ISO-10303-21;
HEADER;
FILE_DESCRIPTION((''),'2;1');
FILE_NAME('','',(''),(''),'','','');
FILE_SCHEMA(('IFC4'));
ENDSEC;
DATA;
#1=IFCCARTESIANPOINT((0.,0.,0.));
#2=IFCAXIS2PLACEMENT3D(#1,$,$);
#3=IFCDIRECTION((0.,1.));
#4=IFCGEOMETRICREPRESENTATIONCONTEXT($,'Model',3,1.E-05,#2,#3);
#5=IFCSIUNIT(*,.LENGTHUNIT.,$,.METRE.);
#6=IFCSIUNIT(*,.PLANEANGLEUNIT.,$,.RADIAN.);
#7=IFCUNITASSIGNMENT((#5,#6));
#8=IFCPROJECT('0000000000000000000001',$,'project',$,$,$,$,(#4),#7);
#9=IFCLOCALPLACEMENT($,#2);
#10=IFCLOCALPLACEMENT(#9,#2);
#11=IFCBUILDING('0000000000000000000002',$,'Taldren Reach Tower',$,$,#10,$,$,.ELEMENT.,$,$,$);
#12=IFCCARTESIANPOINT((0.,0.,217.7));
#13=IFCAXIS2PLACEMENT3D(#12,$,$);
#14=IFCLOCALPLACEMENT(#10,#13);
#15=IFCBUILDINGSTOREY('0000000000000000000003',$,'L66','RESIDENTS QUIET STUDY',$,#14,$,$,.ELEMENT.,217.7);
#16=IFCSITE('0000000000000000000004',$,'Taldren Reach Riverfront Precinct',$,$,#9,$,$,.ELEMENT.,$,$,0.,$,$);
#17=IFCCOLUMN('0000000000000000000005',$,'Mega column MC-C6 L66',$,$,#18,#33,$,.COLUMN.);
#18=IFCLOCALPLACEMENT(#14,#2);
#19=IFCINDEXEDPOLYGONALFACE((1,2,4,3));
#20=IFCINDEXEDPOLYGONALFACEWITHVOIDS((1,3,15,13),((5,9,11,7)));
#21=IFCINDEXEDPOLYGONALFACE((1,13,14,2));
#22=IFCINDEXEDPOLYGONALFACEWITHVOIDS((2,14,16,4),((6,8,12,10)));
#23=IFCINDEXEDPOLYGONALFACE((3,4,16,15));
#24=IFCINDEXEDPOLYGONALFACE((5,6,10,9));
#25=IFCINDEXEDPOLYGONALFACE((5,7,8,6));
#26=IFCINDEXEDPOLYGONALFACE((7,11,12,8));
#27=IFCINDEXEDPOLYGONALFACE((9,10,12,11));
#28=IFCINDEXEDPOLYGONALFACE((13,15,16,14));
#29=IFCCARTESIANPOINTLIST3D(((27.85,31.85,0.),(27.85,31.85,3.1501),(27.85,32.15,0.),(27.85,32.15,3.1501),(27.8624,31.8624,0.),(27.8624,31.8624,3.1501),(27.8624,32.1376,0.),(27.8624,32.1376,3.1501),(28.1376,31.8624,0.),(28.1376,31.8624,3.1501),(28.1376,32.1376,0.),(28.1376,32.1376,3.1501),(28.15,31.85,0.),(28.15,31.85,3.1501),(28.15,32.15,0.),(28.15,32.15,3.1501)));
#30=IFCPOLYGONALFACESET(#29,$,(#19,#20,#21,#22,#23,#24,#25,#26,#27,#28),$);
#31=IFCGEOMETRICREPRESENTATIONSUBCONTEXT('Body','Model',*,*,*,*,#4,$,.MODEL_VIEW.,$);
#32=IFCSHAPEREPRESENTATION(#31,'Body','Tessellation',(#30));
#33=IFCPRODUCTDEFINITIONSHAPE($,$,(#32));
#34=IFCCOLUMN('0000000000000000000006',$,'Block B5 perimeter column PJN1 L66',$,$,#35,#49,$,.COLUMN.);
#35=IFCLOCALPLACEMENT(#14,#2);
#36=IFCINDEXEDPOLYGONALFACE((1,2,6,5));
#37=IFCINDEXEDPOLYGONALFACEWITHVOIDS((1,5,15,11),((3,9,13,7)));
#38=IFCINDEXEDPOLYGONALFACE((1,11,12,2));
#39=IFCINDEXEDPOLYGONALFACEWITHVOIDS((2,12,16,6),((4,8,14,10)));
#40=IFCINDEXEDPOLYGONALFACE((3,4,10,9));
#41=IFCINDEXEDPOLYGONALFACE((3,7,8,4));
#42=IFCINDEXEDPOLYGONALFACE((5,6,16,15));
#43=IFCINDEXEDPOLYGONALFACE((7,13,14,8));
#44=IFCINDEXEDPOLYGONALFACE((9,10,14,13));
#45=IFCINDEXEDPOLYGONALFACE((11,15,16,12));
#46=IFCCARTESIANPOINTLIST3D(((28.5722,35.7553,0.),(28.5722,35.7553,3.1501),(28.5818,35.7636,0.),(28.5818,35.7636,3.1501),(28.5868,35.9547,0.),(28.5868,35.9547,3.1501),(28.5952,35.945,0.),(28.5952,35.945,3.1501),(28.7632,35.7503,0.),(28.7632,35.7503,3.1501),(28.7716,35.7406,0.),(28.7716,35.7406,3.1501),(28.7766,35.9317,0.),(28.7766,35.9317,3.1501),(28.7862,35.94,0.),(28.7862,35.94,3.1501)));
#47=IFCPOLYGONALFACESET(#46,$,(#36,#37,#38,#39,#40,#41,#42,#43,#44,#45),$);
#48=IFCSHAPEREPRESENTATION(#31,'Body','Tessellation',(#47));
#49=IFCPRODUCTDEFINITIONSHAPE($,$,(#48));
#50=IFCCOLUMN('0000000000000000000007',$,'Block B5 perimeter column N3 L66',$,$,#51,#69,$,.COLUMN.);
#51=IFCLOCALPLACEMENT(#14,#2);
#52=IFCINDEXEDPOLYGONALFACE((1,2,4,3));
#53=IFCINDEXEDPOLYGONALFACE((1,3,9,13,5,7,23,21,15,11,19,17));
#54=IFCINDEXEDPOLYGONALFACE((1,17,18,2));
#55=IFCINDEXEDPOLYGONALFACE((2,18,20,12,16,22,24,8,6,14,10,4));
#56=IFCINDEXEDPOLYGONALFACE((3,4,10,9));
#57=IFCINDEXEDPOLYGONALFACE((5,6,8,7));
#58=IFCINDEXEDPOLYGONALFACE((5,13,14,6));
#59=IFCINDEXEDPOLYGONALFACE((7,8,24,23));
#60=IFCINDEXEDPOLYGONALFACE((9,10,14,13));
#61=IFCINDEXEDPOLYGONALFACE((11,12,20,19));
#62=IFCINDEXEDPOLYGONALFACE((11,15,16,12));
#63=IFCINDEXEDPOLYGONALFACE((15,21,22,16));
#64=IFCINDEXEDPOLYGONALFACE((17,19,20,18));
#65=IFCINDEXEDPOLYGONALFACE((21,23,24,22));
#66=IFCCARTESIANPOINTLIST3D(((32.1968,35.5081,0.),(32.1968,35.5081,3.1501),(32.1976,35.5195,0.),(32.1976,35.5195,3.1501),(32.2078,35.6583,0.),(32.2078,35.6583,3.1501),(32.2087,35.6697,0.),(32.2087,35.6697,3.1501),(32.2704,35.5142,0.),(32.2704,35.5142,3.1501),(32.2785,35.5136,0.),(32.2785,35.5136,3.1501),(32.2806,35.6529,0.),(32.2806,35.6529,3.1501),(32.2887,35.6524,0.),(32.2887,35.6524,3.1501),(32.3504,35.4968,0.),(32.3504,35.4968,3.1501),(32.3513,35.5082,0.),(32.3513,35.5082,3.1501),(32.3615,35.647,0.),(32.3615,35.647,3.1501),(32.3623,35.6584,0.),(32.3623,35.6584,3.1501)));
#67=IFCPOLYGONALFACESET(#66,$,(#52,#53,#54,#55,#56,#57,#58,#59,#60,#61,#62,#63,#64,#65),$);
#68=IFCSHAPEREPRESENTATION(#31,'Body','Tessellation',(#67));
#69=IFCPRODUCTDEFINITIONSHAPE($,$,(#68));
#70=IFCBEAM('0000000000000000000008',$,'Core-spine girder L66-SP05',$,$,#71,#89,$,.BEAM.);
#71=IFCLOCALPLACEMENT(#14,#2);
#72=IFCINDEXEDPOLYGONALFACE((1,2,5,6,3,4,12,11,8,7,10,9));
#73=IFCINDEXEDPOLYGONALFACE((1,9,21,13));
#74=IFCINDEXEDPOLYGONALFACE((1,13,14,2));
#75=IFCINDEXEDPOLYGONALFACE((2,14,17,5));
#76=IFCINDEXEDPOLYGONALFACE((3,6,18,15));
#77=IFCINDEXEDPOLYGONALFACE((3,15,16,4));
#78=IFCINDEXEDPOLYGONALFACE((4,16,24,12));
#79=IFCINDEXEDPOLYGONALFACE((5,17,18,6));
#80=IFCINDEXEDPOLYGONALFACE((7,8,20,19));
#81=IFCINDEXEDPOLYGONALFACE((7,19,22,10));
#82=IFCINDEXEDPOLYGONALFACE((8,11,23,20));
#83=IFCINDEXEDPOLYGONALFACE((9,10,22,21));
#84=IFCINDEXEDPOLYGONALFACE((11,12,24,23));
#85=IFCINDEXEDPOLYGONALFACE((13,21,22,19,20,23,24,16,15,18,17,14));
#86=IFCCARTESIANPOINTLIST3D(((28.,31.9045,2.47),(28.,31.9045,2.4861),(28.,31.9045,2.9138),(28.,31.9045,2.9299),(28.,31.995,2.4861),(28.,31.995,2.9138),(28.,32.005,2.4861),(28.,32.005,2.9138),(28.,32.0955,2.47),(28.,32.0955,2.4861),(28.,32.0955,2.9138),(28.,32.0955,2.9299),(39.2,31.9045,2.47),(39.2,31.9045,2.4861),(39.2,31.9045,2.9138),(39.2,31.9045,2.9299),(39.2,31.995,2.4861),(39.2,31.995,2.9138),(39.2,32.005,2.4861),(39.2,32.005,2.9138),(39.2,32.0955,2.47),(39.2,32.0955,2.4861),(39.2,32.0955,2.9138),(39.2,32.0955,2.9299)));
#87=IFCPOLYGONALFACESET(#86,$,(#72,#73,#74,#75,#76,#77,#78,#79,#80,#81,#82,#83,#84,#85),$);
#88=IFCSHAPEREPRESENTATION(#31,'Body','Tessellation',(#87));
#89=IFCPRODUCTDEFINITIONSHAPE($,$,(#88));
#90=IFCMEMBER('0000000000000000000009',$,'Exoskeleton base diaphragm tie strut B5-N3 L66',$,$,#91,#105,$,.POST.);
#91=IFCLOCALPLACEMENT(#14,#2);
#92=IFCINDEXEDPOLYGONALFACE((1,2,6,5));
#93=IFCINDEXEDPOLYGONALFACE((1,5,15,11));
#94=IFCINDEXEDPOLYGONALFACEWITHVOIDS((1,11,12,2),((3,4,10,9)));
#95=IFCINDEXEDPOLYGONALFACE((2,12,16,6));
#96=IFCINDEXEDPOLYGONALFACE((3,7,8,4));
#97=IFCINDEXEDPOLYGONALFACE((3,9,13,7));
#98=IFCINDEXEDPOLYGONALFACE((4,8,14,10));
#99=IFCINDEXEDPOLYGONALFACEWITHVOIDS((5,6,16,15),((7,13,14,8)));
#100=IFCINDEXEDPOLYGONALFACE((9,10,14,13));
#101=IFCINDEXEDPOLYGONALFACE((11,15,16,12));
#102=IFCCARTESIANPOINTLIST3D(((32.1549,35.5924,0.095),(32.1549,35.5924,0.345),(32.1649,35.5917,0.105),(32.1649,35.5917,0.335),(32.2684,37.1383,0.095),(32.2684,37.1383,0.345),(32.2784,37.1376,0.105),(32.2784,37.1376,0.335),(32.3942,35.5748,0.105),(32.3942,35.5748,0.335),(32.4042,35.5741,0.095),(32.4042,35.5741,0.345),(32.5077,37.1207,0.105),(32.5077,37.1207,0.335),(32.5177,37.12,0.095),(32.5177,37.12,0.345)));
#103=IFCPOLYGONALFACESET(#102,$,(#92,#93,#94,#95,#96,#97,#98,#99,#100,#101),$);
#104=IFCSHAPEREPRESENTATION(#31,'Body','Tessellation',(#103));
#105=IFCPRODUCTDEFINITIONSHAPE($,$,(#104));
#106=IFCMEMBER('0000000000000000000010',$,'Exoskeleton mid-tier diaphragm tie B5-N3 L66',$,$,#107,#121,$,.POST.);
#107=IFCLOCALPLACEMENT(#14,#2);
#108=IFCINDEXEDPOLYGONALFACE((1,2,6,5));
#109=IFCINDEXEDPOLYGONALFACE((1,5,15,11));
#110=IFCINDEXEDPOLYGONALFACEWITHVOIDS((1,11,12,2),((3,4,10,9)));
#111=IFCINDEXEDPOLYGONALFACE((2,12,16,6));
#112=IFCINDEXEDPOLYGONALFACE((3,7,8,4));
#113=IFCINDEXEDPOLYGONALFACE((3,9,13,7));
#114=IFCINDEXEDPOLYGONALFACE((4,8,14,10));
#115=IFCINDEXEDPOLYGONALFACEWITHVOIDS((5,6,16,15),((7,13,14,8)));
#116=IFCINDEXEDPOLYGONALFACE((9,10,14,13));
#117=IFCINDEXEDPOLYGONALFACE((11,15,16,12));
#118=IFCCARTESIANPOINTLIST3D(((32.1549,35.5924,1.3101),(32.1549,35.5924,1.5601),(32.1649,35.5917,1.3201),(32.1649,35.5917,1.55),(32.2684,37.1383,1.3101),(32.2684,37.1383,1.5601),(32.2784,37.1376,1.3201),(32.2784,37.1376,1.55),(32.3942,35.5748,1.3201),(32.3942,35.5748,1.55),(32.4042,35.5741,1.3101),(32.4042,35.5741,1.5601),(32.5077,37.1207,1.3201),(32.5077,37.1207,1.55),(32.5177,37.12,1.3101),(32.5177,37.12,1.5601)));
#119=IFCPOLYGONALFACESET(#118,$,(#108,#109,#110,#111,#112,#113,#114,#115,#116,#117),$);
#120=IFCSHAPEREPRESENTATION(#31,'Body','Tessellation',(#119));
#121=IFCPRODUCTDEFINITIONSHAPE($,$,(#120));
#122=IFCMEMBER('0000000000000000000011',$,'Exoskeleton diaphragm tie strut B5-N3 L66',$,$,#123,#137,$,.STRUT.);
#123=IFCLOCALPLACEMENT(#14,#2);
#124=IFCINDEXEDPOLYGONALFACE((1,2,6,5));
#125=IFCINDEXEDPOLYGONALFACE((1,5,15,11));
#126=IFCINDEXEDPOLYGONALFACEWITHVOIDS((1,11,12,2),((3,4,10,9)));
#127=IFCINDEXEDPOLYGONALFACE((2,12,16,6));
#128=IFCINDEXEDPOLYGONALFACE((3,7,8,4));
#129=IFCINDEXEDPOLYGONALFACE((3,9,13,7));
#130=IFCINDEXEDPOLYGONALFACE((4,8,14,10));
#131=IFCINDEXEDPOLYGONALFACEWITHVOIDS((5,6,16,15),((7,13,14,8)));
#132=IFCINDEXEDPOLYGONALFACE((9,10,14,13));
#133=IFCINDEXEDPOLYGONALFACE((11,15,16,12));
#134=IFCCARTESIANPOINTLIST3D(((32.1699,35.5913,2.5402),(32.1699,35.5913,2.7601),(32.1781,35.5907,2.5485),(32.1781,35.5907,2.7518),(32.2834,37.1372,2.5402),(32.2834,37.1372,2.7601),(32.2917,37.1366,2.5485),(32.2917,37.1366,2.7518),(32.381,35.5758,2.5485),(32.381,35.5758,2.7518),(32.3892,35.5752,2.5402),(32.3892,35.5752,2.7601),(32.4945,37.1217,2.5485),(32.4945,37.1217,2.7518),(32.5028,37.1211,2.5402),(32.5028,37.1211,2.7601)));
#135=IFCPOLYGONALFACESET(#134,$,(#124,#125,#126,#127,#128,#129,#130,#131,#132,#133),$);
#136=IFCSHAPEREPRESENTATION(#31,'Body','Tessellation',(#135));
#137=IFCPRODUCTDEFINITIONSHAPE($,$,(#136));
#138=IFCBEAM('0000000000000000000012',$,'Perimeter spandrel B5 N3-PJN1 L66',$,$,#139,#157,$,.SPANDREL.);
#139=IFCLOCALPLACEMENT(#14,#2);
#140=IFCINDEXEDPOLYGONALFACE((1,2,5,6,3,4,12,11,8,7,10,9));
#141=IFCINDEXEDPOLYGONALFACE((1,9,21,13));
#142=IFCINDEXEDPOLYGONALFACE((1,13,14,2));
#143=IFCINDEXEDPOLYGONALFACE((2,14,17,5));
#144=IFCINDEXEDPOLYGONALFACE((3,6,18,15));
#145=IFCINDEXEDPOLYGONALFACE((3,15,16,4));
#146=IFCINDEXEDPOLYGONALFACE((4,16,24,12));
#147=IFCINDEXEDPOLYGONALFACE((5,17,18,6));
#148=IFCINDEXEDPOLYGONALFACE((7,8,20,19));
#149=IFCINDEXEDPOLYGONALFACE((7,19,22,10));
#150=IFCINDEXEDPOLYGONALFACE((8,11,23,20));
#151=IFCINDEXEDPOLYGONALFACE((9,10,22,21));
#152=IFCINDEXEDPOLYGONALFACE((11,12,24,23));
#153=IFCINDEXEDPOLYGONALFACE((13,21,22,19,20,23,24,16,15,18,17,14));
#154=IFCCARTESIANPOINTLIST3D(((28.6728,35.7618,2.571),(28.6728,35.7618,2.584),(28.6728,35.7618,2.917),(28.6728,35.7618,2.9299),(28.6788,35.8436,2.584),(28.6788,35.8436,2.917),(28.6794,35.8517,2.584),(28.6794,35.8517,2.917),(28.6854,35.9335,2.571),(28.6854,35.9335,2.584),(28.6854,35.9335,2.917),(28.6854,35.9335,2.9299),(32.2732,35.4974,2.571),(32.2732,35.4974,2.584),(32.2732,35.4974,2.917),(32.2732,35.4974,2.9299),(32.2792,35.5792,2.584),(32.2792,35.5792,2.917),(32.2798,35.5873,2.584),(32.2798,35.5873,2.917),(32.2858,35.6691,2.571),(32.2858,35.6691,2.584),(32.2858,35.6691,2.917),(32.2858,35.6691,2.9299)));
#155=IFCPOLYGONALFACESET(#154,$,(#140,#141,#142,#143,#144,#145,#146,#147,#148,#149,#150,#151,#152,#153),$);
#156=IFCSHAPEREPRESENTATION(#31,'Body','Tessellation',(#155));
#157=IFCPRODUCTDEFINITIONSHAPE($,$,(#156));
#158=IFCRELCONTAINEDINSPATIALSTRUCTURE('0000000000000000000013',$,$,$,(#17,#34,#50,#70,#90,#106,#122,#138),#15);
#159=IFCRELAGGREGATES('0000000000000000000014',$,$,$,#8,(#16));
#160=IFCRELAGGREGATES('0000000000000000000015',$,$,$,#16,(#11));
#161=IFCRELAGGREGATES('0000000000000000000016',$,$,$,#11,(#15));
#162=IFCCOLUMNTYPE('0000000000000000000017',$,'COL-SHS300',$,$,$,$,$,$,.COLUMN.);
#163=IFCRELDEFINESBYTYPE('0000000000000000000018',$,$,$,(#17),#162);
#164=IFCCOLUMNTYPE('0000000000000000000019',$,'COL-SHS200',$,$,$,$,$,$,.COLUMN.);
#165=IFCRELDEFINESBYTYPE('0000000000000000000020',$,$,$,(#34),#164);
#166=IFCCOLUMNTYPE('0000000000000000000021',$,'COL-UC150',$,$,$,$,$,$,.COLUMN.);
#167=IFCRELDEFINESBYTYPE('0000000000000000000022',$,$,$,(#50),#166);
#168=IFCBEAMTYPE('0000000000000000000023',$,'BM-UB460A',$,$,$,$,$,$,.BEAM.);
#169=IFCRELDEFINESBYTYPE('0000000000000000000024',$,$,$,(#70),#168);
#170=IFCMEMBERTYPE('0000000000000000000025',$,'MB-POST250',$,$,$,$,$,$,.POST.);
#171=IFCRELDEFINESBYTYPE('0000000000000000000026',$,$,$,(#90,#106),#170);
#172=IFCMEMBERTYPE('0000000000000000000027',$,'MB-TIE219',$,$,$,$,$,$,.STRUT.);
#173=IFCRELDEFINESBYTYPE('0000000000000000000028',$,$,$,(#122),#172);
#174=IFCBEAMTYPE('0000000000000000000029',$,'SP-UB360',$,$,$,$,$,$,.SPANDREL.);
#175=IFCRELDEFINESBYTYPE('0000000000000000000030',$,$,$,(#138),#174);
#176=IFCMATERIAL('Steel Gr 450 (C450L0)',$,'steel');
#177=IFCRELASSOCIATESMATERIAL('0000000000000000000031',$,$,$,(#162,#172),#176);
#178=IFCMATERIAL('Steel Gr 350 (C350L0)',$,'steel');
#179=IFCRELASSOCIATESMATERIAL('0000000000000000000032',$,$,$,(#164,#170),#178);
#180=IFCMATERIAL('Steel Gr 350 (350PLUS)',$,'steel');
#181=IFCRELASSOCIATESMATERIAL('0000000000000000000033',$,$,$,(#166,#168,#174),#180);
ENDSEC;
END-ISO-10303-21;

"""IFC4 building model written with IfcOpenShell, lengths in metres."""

from ifc_helpers import new_model, si_unit, direction, frame, origin, origin_2d, place, context, subcontext, project, spatial, hollow_rectangle, i_section, extrude, source, transform, mapped, material, material_profile, profile_set, type_object, element, save


model = new_model("IFC4")

# Units and contexts
model_context = context("Model", 3, precision=1e-05, world=origin(), true_north=direction((0.0, 1.0)))
body_context = subcontext(model_context, "Body", "Model", "MODEL_VIEW")
ifc_project = project(units=[si_unit("LENGTHUNIT", "METRE"), si_unit("PLANEANGLEUNIT", "RADIAN")], contexts=[model_context])

# Site, building, storey
site_placement = place(None, origin())
site = spatial("IfcSite", under=ifc_project, at=site_placement, Name="Taldren Reach Riverfront Precinct", CompositionType="ELEMENT", RefElevation=0.0)
building_placement = place(site_placement, origin())
building = spatial("IfcBuilding", under=site, at=building_placement, Name="Taldren Reach Tower", CompositionType="ELEMENT")
storey_placement = place(building_placement, frame((0.0, 0.0, 217.7)))
storey = spatial("IfcBuildingStorey", under=building, at=storey_placement, Name="L66", Description="RESIDENTS QUIET STUDY", CompositionType="ELEMENT", Elevation=217.7)

# Columns
ifc_material_1 = material(Name="Steel Gr 450 (C450L0)", Category="steel")
ifc_material_profile_1 = material_profile(ifc_material_1, hollow_rectangle(XDim=0.3, YDim=0.3, WallThickness=0.0125, at=origin_2d()), Name="300x300x12.5SHS")
ifc_profile_set_1 = profile_set([ifc_material_profile_1], Name="Steel Gr 450 (C450L0)")
column_type_1 = type_object("IfcColumnType", Name="COL-SHS300", PredefinedType="COLUMN", material=ifc_profile_set_1)
shared_shape_1 = source(origin(), body_context, "Body", "SweptSolid", [
    extrude(hollow_rectangle(XDim=0.3, YDim=0.3, WallThickness=0.0125, at=origin_2d()), origin(), (0.0, 0.0, 1.0), 3.1501),
])
column_1_placement = place(storey_placement, frame((28.0, 32.0, 0.0), z_axis=(0.0, 0.0, 1.0), x_axis=(1.0, 0.0, 0.0)))
element("IfcColumn", 1, at=column_1_placement, inside=storey, type_object=column_type_1, Name="Mega column MC-C6 L66", PredefinedType="COLUMN", context=body_context, shape_type="MappedRepresentation", body=[
    mapped(shared_shape_1, transform((0.0, 0.0, 0.0), scale=1.0)),
])
ifc_material_2 = material(Name="Steel Gr 350 (C350L0)", Category="steel")
ifc_material_profile_2 = material_profile(ifc_material_2, hollow_rectangle(XDim=0.2, YDim=0.2, WallThickness=0.009, at=origin_2d()), Name="200x200x9.0SHS")
ifc_profile_set_2 = profile_set([ifc_material_profile_2], Name="Steel Gr 350 (C350L0)")
column_type_2 = type_object("IfcColumnType", Name="COL-SHS200", PredefinedType="COLUMN", material=ifc_profile_set_2)
shared_shape_2 = source(origin(), body_context, "Body", "SweptSolid", [
    extrude(hollow_rectangle(XDim=0.2, YDim=0.2, WallThickness=0.009, at=origin_2d()), origin(), (0.0, 0.0, 1.0), 3.1501),
])
column_2_placement = place(storey_placement, frame((28.6792, 35.8477, 0.0), z_axis=(0.0, 0.0, 1.0), x_axis=(0.997314, -0.073238, 0.0)))
element("IfcColumn", 2, at=column_2_placement, inside=storey, type_object=column_type_2, Name="Block B5 perimeter column PJN1 L66", PredefinedType="COLUMN", context=body_context, shape_type="MappedRepresentation", body=[
    mapped(shared_shape_2, transform((0.0, 0.0, 0.0), scale=1.0)),
])
ifc_material_3 = material(Name="Steel Gr 350 (350PLUS)", Category="steel")
ifc_material_profile_3 = material_profile(ifc_material_3, i_section(OverallWidth=0.1541, OverallDepth=0.1621, WebThickness=0.0081, FlangeThickness=0.0115, at=origin_2d()), Name="150UC37.2")
ifc_profile_set_3 = profile_set([ifc_material_profile_3], Name="Steel Gr 350 (350PLUS)")
column_type_3 = type_object("IfcColumnType", Name="COL-UC150", PredefinedType="COLUMN", material=ifc_profile_set_3)
shared_shape_3 = source(origin(), body_context, "Body", "SweptSolid", [
    extrude(i_section(OverallWidth=0.1541, OverallDepth=0.1621, WebThickness=0.0081, FlangeThickness=0.0115, at=origin_2d()), origin(), (0.0, 0.0, 1.0), 3.1501),
])
column_3_placement = place(storey_placement, frame((32.2795, 35.5833, 0.0), z_axis=(0.0, 0.0, 1.0), x_axis=(0.997314, -0.073238, 0.0)))
element("IfcColumn", 3, at=column_3_placement, inside=storey, type_object=column_type_3, Name="Block B5 perimeter column N3 L66", PredefinedType="COLUMN", context=body_context, shape_type="MappedRepresentation", body=[
    mapped(shared_shape_3, transform((0.0, 0.0, 0.0), scale=1.0)),
])

# Beam
ifc_material_profile_4 = material_profile(ifc_material_3, i_section(OverallWidth=0.1909, OverallDepth=0.46, WebThickness=0.01, FlangeThickness=0.0161, at=origin_2d()), Name="460UB82.1")
ifc_profile_set_4 = profile_set([ifc_material_profile_4], Name="Steel Gr 350 (350PLUS)")
beam_type_1 = type_object("IfcBeamType", Name="BM-UB460A", PredefinedType="BEAM", material=ifc_profile_set_4)
shared_shape_4 = source(origin(), body_context, "Body", "SweptSolid", [
    extrude(i_section(OverallWidth=0.1909, OverallDepth=0.46, WebThickness=0.01, FlangeThickness=0.0161, at=origin_2d()), origin(), (0.0, 0.0, 1.0), 11.2),
])
beam_1_placement = place(storey_placement, frame((28.0, 32.0, 2.7), z_axis=(1.0, 0.0, 0.0), x_axis=(0.0, 1.0, 0.0)))
element("IfcBeam", 4, at=beam_1_placement, inside=storey, type_object=beam_type_1, Name="Core-spine girder L66-SP05", PredefinedType="BEAM", context=body_context, shape_type="MappedRepresentation", body=[
    mapped(shared_shape_4, transform((0.0, 0.0, 0.0), scale=1.0)),
])

# Members
ifc_material_profile_5 = material_profile(ifc_material_2, hollow_rectangle(XDim=0.25, YDim=0.25, WallThickness=0.01, at=origin_2d()), Name="250x250x10.0SHS")
ifc_profile_set_5 = profile_set([ifc_material_profile_5], Name="Steel Gr 350 (C350L0)")
member_type_1 = type_object("IfcMemberType", Name="MB-POST250", PredefinedType="POST", material=ifc_profile_set_5)
shared_shape_5 = source(origin(), body_context, "Body", "SweptSolid", [
    extrude(hollow_rectangle(XDim=0.25, YDim=0.25, WallThickness=0.01, at=origin_2d()), origin(), (0.0, 0.0, 1.0), 1.55),
])
for number, where, z_axis, x_axis, name in (
    (5, (32.2795, 35.5833, 0.22), (0.073239, 0.997314, 0.0), (-0.997314, 0.073239, 0.0), "Exoskeleton base diaphragm tie strut B5-N3 L66"),
    (6, (32.2795, 35.5833, 1.4351), (0.073239, 0.997314, 0.0), (-0.997314, 0.073239, 0.0), "Exoskeleton mid-tier diaphragm tie B5-N3 L66"),
):
    element("IfcMember", number, at=place(storey_placement, frame(where, z_axis=z_axis, x_axis=x_axis)), inside=storey, type_object=member_type_1, Name=name, PredefinedType="POST", context=body_context, shape_type="MappedRepresentation", body=[
        mapped(shared_shape_5, transform((0.0, 0.0, 0.0), scale=1.0)),
    ])
ifc_material_profile_6 = material_profile(ifc_material_1, hollow_rectangle(XDim=0.22, YDim=0.22, WallThickness=0.0083, at=origin_2d()), Name="220x220x8.2SHS")
ifc_profile_set_6 = profile_set([ifc_material_profile_6], Name="Steel Gr 450 (C450L0)")
member_type_2 = type_object("IfcMemberType", Name="MB-TIE219", PredefinedType="STRUT", material=ifc_profile_set_6)
shared_shape_6 = source(origin(), body_context, "Body", "SweptSolid", [
    extrude(hollow_rectangle(XDim=0.22, YDim=0.22, WallThickness=0.0083, at=origin_2d()), origin(), (0.0, 0.0, 1.0), 1.55),
])
member_placement = place(storey_placement, frame((32.2795, 35.5833, 2.6501), z_axis=(0.073239, 0.997314, 0.0), x_axis=(-0.997314, 0.073239, 0.0)))
element("IfcMember", 7, at=member_placement, inside=storey, type_object=member_type_2, Name="Exoskeleton diaphragm tie strut B5-N3 L66", PredefinedType="STRUT", context=body_context, shape_type="MappedRepresentation", body=[
    mapped(shared_shape_6, transform((0.0, 0.0, 0.0), scale=1.0)),
])

# Beam
ifc_material_profile_7 = material_profile(ifc_material_3, i_section(OverallWidth=0.1721, OverallDepth=0.3589, WebThickness=0.0081, FlangeThickness=0.0129, at=origin_2d()), Name="360UB56.7")
ifc_profile_set_7 = profile_set([ifc_material_profile_7], Name="Steel Gr 350 (350PLUS)")
beam_type_2 = type_object("IfcBeamType", Name="SP-UB360", PredefinedType="SPANDREL", material=ifc_profile_set_7)
shared_shape_7 = source(origin(), body_context, "Body", "SweptSolid", [
    extrude(i_section(OverallWidth=0.1721, OverallDepth=0.3589, WebThickness=0.0081, FlangeThickness=0.0129, at=origin_2d()), origin(), (0.0, 0.0, 1.0), 3.6101),
])
beam_2_placement = place(storey_placement, frame((32.2795, 35.5833, 2.7505), z_axis=(-0.997314, 0.073241, 0.0), x_axis=(-0.073241, -0.997314, 0.0)))
element("IfcBeam", 8, at=beam_2_placement, inside=storey, type_object=beam_type_2, Name="Perimeter spandrel B5 N3-PJN1 L66", PredefinedType="SPANDREL", context=body_context, shape_type="MappedRepresentation", body=[
    mapped(shared_shape_7, transform((0.0, 0.0, 0.0), scale=1.0)),
])

save(model, "model.ifc")
